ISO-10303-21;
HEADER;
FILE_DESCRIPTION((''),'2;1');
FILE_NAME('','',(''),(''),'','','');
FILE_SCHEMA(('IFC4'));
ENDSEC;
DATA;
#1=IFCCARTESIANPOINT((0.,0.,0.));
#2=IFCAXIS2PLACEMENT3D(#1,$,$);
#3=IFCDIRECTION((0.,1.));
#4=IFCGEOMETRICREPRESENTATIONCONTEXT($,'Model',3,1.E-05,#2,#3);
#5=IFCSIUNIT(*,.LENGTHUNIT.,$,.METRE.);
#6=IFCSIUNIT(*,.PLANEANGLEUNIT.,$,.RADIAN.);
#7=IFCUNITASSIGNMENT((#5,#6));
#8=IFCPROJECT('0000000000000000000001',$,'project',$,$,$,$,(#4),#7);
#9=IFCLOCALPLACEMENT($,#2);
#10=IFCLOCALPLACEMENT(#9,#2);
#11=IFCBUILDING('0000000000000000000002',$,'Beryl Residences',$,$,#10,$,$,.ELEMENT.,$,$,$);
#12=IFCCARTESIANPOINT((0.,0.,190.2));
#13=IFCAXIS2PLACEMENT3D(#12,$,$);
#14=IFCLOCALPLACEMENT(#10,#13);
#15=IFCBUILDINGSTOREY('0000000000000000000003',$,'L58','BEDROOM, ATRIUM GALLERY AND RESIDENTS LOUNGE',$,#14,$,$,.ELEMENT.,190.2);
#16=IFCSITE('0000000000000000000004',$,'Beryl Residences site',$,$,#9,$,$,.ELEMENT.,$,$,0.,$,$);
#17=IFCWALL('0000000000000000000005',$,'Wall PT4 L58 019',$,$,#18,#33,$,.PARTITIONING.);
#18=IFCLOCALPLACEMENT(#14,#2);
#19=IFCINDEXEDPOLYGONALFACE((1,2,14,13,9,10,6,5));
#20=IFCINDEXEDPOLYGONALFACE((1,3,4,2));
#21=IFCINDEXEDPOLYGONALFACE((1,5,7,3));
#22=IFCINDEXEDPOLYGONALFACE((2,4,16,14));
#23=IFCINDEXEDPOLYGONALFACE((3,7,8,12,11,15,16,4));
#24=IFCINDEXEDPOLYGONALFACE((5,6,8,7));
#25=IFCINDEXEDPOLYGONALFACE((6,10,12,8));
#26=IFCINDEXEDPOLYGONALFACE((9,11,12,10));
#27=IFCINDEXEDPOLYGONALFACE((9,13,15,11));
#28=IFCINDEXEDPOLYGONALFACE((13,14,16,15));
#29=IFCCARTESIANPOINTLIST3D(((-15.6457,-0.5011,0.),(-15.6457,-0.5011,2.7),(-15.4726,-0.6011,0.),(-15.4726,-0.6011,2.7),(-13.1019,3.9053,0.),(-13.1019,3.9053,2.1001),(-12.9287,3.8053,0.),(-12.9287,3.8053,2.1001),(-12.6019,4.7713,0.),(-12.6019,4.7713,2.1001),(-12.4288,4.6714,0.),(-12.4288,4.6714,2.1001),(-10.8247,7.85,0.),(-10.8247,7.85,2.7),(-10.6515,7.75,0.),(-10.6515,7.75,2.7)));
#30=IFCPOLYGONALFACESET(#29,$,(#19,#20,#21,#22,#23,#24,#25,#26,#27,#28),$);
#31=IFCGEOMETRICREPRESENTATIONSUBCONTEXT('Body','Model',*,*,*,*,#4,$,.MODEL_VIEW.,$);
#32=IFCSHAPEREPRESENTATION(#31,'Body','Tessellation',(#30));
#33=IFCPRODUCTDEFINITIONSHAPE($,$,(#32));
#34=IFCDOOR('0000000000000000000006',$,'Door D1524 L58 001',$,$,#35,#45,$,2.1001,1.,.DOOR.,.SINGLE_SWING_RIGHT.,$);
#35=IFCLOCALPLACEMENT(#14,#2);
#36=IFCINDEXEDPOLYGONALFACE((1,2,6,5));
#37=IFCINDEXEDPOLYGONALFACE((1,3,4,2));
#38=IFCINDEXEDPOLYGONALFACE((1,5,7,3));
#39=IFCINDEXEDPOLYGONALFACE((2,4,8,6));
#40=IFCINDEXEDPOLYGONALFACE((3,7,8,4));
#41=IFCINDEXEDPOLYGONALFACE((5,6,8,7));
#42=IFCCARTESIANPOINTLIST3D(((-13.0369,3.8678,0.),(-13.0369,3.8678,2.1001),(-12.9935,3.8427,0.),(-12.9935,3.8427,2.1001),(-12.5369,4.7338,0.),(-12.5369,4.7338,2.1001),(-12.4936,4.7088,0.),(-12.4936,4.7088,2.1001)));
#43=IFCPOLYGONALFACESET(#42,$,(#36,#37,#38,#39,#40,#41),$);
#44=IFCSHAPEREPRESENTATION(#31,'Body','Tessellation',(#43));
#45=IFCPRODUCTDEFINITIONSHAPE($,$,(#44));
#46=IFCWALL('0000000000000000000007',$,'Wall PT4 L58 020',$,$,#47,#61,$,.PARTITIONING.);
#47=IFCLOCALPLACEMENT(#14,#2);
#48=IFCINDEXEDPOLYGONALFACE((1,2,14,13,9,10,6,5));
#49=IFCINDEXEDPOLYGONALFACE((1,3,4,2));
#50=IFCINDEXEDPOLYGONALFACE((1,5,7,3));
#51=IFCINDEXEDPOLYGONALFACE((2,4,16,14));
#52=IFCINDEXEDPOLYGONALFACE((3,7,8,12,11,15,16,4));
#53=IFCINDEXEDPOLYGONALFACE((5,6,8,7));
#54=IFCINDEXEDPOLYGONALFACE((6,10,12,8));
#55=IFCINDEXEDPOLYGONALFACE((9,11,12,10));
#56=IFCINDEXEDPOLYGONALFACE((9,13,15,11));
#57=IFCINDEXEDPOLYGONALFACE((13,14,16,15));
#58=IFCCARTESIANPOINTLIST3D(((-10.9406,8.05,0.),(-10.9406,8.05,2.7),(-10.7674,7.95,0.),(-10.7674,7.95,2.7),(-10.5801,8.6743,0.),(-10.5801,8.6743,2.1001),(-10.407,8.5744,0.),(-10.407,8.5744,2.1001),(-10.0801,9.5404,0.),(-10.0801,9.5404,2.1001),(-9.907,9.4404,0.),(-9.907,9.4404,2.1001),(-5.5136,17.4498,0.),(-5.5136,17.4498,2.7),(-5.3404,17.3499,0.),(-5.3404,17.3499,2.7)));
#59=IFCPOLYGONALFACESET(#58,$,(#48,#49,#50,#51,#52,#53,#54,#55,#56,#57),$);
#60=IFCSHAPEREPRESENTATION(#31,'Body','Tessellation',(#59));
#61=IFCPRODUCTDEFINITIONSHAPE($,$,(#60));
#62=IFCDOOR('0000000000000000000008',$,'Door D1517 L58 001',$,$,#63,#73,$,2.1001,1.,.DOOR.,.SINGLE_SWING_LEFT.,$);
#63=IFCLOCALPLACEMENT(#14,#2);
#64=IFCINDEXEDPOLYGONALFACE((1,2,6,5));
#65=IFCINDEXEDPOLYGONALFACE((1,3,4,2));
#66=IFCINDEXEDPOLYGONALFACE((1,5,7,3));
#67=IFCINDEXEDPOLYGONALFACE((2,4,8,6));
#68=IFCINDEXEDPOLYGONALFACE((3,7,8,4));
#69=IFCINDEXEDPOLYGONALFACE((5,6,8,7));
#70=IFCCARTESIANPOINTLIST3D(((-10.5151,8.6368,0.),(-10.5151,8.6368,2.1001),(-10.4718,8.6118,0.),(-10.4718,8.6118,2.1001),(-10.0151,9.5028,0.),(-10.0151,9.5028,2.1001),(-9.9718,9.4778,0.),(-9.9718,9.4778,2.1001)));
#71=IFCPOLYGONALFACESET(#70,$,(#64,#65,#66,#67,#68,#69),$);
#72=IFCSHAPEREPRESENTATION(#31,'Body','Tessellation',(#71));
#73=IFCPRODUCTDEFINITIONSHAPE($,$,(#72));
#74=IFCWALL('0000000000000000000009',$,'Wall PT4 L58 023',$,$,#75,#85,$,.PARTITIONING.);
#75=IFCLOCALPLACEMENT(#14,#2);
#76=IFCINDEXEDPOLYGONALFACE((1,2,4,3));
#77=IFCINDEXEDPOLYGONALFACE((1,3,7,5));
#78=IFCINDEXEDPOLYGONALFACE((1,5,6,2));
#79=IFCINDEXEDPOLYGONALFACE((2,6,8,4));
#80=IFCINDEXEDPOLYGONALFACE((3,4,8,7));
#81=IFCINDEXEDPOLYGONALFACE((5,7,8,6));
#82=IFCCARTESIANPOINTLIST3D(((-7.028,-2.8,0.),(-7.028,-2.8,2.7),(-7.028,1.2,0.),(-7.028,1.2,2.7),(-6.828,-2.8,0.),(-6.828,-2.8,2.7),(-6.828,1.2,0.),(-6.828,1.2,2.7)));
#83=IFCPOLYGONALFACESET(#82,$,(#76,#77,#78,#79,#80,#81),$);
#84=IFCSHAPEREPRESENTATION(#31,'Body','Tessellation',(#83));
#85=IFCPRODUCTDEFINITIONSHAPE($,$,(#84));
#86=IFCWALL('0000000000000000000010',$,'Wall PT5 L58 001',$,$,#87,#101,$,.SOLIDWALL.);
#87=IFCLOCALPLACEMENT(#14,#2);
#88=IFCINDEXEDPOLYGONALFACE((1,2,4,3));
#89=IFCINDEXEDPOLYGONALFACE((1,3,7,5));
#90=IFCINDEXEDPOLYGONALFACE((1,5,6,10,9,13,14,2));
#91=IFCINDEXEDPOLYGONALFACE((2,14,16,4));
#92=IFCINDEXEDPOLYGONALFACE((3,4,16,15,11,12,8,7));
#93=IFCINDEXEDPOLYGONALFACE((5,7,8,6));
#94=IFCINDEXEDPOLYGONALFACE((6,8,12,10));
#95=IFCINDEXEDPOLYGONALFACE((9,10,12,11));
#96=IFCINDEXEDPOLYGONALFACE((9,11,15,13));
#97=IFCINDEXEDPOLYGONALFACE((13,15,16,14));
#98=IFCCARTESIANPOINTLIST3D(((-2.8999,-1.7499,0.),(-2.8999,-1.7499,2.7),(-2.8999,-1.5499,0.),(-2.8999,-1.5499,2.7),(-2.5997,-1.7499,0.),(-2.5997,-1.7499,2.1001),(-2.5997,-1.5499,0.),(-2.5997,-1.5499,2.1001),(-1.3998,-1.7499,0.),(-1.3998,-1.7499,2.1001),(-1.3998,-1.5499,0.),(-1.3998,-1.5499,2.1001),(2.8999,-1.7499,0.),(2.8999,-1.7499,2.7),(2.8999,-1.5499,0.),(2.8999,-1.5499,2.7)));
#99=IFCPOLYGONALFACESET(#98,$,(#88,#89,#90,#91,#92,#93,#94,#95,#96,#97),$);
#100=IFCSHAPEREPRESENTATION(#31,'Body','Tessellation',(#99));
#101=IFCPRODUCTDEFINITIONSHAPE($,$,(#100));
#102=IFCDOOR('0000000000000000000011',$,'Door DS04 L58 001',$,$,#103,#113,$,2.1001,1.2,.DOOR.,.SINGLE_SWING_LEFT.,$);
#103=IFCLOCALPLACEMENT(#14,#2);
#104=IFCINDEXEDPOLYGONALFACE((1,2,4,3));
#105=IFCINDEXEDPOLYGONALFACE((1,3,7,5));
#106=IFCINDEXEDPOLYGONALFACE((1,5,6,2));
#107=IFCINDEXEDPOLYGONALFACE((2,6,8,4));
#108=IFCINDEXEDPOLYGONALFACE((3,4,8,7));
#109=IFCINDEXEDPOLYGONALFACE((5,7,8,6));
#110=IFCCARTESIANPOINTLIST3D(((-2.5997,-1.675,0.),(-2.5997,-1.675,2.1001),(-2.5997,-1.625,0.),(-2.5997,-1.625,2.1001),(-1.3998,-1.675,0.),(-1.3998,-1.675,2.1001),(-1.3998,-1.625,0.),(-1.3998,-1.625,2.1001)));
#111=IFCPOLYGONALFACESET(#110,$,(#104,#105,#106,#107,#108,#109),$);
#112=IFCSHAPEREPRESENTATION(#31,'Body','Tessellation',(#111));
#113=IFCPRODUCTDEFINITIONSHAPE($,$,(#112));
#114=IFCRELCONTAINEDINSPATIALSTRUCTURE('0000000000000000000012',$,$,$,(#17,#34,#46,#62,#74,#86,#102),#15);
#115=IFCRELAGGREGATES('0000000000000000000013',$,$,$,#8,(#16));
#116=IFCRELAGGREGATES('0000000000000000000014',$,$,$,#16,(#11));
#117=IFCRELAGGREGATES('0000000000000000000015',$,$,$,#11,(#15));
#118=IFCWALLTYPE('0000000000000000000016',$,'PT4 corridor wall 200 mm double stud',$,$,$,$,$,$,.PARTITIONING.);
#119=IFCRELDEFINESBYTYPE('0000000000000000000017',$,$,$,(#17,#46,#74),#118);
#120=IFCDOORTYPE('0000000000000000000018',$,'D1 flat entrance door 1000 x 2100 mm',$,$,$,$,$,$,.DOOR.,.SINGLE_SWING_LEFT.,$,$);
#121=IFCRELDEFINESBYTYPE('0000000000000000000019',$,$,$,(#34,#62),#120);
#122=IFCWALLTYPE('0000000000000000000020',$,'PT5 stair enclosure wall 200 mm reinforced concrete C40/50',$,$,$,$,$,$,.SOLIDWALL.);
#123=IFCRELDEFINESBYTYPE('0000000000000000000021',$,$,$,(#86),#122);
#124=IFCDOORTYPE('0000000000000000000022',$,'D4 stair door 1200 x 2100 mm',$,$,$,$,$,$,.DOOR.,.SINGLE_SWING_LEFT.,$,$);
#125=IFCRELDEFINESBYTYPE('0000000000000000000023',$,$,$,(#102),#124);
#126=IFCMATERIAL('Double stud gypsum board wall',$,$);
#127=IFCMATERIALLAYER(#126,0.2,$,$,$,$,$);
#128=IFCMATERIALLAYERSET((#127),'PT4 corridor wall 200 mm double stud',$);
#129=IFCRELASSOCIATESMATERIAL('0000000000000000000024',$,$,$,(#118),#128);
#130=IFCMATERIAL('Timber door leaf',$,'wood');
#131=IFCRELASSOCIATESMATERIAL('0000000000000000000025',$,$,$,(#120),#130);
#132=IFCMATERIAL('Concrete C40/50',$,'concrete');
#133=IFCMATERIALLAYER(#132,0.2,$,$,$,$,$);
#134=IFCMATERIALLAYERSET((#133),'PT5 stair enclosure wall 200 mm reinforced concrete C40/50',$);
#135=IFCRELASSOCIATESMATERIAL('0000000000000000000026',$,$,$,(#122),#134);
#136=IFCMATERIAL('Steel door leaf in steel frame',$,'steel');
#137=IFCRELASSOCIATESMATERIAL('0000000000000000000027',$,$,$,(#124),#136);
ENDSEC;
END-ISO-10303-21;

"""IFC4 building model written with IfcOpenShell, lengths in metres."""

from ifc_helpers import new_model, si_unit, direction, frame, frame_2d, origin, place, context, subcontext, project, spatial, rectangle, extrude, material, layer, layer_set, type_object, element, fill, save


model = new_model("IFC4")

# Units and contexts
model_context = context("Model", 3, precision=1e-05, world=origin(), true_north=direction((0.0, 1.0)))
body_context = subcontext(model_context, "Body", "Model", "MODEL_VIEW")
ifc_project = project(units=[si_unit("LENGTHUNIT", "METRE"), si_unit("PLANEANGLEUNIT", "RADIAN")], contexts=[model_context])

# Site, building, storey
site_placement = place(None, origin())
site = spatial("IfcSite", under=ifc_project, at=site_placement, Name="Beryl Residences site", CompositionType="ELEMENT", RefElevation=0.0)
building_placement = place(site_placement, origin())
building = spatial("IfcBuilding", under=site, at=building_placement, Name="Beryl Residences", CompositionType="ELEMENT")
storey_placement = place(building_placement, frame((0.0, 0.0, 190.2)))
storey = spatial("IfcBuildingStorey", under=building, at=storey_placement, Name="L58", Description="BEDROOM, ATRIUM GALLERY AND RESIDENTS LOUNGE", CompositionType="ELEMENT", Elevation=190.2)

# Shared definitions
ifc_material_1 = material(Name="Double stud gypsum board wall")
ifc_layer_1 = layer(ifc_material_1, 0.2)
ifc_layer_set_1 = layer_set([ifc_layer_1], Name="PT4 corridor wall 200 mm double stud")
wall_type_1 = type_object("IfcWallType", Name="PT4 corridor wall 200 mm double stud", PredefinedType="PARTITIONING", material=ifc_layer_set_1)

# Walls, openings, doors
wall_1_placement = place(storey_placement, frame((-15.5591, -0.551, 0.0), z_axis=(0.0, 0.0, 1.0), x_axis=(0.499965, 0.866046, 0.0)))
wall_1 = element("IfcWall", 1, at=wall_1_placement, inside=storey, type_object=wall_type_1, Name="Wall PT4 L58 019", PredefinedType="PARTITIONING", context=body_context, shape_type="SweptSolid", body=[
    extrude(rectangle(XDim=9.6428, YDim=0.2, at=frame_2d((4.8213, 0.0))), origin(), (0.0, 0.0, 1.0), 2.7),
])
opening_1_placement = place(wall_1_placement, frame((5.0879, 0.0, 0.0)))
opening_1 = element("IfcOpeningElement", 2, at=opening_1_placement, cuts=wall_1, PredefinedType="OPENING", context=body_context, shape_type="SweptSolid", body=[
    extrude(rectangle(XDim=1.0, YDim=2.1001, at=frame_2d((0.5, 1.05))), frame((0.0, 0.1099, 0.0), z_axis=(0.0, -1.0, 0.0), x_axis=(1.0, 0.0, 0.0)), (0.0, 0.0, 1.0), 0.22),
])
ifc_material_2 = material(Name="Timber door leaf", Category="wood")
door_type_1 = type_object("IfcDoorType", Name="D1 flat entrance door 1000 x 2100 mm", OperationType="SINGLE_SWING_LEFT", PredefinedType="DOOR", material=ifc_material_2)
door_1_placement = place(opening_1_placement, origin())
door_1 = element("IfcDoor", 3, at=door_1_placement, inside=storey, type_object=door_type_1, Name="Door D1524 L58 001", OperationType="SINGLE_SWING_RIGHT", OverallHeight=2.1001, OverallWidth=1.0, PredefinedType="DOOR", context=body_context, shape_type="SweptSolid", body=[
    extrude(rectangle(XDim=1.0, YDim=2.1001, at=frame_2d((0.5, 1.05))), frame((0.0, 0.0249, 0.0), z_axis=(0.0, -1.0, 0.0), x_axis=(1.0, 0.0, 0.0)), (0.0, 0.0, 1.0), 0.05),
])
fill(opening_1, door_1)
wall_2_placement = place(storey_placement, frame((-10.854, 8.0, 0.0), z_axis=(0.0, 0.0, 1.0), x_axis=(0.499998, 0.866027, 0.0)))
wall_2 = element("IfcWall", 4, at=wall_2_placement, inside=storey, type_object=wall_type_1, Name="Wall PT4 L58 020", PredefinedType="PARTITIONING", context=body_context, shape_type="SweptSolid", body=[
    extrude(rectangle(XDim=10.854, YDim=0.2, at=frame_2d((5.427, 0.0))), origin(), (0.0, 0.0, 1.0), 2.7),
])
opening_2_placement = place(wall_2_placement, frame((0.7209, 0.0, 0.0)))
opening_2 = element("IfcOpeningElement", 5, at=opening_2_placement, cuts=wall_2, PredefinedType="OPENING", context=body_context, shape_type="SweptSolid", body=[
    extrude(rectangle(XDim=1.0, YDim=2.1001, at=frame_2d((0.5, 1.05))), frame((0.0, 0.1099, 0.0), z_axis=(0.0, -1.0, 0.0), x_axis=(1.0, 0.0, 0.0)), (0.0, 0.0, 1.0), 0.22),
])
door_2_placement = place(opening_2_placement, origin())
door_2 = element("IfcDoor", 6, at=door_2_placement, inside=storey, type_object=door_type_1, Name="Door D1517 L58 001", OperationType="SINGLE_SWING_LEFT", OverallHeight=2.1001, OverallWidth=1.0, PredefinedType="DOOR", context=body_context, shape_type="SweptSolid", body=[
    extrude(rectangle(XDim=1.0, YDim=2.1001, at=frame_2d((0.5, 1.05))), frame((0.0, 0.0249, 0.0), z_axis=(0.0, -1.0, 0.0), x_axis=(1.0, 0.0, 0.0)), (0.0, 0.0, 1.0), 0.05),
])
fill(opening_2, door_2)

# Wall
wall_3_placement = place(storey_placement, frame((-6.928, -2.8, 0.0), z_axis=(0.0, 0.0, 1.0), x_axis=(0.0, 1.0, 0.0)))
element("IfcWall", 7, at=wall_3_placement, inside=storey, type_object=wall_type_1, Name="Wall PT4 L58 023", PredefinedType="PARTITIONING", context=body_context, shape_type="SweptSolid", body=[
    extrude(rectangle(XDim=4.0, YDim=0.2, at=frame_2d((2.0, 0.0))), origin(), (0.0, 0.0, 1.0), 2.7),
])

# Wall, opening, door
ifc_material_3 = material(Name="Concrete C40/50", Category="concrete")
ifc_layer_2 = layer(ifc_material_3, 0.2)
ifc_layer_set_2 = layer_set([ifc_layer_2], Name="PT5 stair enclosure wall 200 mm reinforced concrete C40/50")
wall_type_2 = type_object("IfcWallType", Name="PT5 stair enclosure wall 200 mm reinforced concrete C40/50", PredefinedType="SOLIDWALL", material=ifc_layer_set_2)
wall_4_placement = place(storey_placement, frame((-2.8999, -1.6499, 0.0), z_axis=(0.0, 0.0, 1.0), x_axis=(1.0, 0.0, 0.0)))
wall_4 = element("IfcWall", 8, at=wall_4_placement, inside=storey, type_object=wall_type_2, Name="Wall PT5 L58 001", PredefinedType="SOLIDWALL", context=body_context, shape_type="SweptSolid", body=[
    extrude(rectangle(XDim=5.7998, YDim=0.2, at=frame_2d((2.8999, 0.0))), origin(), (0.0, 0.0, 1.0), 2.7),
])
opening_3_placement = place(wall_4_placement, frame((0.3, 0.0, 0.0)))
opening_3 = element("IfcOpeningElement", 9, at=opening_3_placement, cuts=wall_4, PredefinedType="OPENING", context=body_context, shape_type="SweptSolid", body=[
    extrude(rectangle(XDim=1.2, YDim=2.1001, at=frame_2d((0.6001, 1.05))), frame((0.0, 0.1099, 0.0), z_axis=(0.0, -1.0, 0.0), x_axis=(1.0, 0.0, 0.0)), (0.0, 0.0, 1.0), 0.22),
])
ifc_material_4 = material(Name="Steel door leaf in steel frame", Category="steel")
door_type_2 = type_object("IfcDoorType", Name="D4 stair door 1200 x 2100 mm", OperationType="SINGLE_SWING_LEFT", PredefinedType="DOOR", material=ifc_material_4)
door_3_placement = place(opening_3_placement, origin())
door_3 = element("IfcDoor", 10, at=door_3_placement, inside=storey, type_object=door_type_2, Name="Door DS04 L58 001", OperationType="SINGLE_SWING_LEFT", OverallHeight=2.1001, OverallWidth=1.2, PredefinedType="DOOR", context=body_context, shape_type="SweptSolid", body=[
    extrude(rectangle(XDim=1.2, YDim=2.1001, at=frame_2d((0.6001, 1.05))), frame((0.0, 0.0249, 0.0), z_axis=(0.0, -1.0, 0.0), x_axis=(1.0, 0.0, 0.0)), (0.0, 0.0, 1.0), 0.05),
])
fill(opening_3, door_3)

save(model, "model.ifc")
